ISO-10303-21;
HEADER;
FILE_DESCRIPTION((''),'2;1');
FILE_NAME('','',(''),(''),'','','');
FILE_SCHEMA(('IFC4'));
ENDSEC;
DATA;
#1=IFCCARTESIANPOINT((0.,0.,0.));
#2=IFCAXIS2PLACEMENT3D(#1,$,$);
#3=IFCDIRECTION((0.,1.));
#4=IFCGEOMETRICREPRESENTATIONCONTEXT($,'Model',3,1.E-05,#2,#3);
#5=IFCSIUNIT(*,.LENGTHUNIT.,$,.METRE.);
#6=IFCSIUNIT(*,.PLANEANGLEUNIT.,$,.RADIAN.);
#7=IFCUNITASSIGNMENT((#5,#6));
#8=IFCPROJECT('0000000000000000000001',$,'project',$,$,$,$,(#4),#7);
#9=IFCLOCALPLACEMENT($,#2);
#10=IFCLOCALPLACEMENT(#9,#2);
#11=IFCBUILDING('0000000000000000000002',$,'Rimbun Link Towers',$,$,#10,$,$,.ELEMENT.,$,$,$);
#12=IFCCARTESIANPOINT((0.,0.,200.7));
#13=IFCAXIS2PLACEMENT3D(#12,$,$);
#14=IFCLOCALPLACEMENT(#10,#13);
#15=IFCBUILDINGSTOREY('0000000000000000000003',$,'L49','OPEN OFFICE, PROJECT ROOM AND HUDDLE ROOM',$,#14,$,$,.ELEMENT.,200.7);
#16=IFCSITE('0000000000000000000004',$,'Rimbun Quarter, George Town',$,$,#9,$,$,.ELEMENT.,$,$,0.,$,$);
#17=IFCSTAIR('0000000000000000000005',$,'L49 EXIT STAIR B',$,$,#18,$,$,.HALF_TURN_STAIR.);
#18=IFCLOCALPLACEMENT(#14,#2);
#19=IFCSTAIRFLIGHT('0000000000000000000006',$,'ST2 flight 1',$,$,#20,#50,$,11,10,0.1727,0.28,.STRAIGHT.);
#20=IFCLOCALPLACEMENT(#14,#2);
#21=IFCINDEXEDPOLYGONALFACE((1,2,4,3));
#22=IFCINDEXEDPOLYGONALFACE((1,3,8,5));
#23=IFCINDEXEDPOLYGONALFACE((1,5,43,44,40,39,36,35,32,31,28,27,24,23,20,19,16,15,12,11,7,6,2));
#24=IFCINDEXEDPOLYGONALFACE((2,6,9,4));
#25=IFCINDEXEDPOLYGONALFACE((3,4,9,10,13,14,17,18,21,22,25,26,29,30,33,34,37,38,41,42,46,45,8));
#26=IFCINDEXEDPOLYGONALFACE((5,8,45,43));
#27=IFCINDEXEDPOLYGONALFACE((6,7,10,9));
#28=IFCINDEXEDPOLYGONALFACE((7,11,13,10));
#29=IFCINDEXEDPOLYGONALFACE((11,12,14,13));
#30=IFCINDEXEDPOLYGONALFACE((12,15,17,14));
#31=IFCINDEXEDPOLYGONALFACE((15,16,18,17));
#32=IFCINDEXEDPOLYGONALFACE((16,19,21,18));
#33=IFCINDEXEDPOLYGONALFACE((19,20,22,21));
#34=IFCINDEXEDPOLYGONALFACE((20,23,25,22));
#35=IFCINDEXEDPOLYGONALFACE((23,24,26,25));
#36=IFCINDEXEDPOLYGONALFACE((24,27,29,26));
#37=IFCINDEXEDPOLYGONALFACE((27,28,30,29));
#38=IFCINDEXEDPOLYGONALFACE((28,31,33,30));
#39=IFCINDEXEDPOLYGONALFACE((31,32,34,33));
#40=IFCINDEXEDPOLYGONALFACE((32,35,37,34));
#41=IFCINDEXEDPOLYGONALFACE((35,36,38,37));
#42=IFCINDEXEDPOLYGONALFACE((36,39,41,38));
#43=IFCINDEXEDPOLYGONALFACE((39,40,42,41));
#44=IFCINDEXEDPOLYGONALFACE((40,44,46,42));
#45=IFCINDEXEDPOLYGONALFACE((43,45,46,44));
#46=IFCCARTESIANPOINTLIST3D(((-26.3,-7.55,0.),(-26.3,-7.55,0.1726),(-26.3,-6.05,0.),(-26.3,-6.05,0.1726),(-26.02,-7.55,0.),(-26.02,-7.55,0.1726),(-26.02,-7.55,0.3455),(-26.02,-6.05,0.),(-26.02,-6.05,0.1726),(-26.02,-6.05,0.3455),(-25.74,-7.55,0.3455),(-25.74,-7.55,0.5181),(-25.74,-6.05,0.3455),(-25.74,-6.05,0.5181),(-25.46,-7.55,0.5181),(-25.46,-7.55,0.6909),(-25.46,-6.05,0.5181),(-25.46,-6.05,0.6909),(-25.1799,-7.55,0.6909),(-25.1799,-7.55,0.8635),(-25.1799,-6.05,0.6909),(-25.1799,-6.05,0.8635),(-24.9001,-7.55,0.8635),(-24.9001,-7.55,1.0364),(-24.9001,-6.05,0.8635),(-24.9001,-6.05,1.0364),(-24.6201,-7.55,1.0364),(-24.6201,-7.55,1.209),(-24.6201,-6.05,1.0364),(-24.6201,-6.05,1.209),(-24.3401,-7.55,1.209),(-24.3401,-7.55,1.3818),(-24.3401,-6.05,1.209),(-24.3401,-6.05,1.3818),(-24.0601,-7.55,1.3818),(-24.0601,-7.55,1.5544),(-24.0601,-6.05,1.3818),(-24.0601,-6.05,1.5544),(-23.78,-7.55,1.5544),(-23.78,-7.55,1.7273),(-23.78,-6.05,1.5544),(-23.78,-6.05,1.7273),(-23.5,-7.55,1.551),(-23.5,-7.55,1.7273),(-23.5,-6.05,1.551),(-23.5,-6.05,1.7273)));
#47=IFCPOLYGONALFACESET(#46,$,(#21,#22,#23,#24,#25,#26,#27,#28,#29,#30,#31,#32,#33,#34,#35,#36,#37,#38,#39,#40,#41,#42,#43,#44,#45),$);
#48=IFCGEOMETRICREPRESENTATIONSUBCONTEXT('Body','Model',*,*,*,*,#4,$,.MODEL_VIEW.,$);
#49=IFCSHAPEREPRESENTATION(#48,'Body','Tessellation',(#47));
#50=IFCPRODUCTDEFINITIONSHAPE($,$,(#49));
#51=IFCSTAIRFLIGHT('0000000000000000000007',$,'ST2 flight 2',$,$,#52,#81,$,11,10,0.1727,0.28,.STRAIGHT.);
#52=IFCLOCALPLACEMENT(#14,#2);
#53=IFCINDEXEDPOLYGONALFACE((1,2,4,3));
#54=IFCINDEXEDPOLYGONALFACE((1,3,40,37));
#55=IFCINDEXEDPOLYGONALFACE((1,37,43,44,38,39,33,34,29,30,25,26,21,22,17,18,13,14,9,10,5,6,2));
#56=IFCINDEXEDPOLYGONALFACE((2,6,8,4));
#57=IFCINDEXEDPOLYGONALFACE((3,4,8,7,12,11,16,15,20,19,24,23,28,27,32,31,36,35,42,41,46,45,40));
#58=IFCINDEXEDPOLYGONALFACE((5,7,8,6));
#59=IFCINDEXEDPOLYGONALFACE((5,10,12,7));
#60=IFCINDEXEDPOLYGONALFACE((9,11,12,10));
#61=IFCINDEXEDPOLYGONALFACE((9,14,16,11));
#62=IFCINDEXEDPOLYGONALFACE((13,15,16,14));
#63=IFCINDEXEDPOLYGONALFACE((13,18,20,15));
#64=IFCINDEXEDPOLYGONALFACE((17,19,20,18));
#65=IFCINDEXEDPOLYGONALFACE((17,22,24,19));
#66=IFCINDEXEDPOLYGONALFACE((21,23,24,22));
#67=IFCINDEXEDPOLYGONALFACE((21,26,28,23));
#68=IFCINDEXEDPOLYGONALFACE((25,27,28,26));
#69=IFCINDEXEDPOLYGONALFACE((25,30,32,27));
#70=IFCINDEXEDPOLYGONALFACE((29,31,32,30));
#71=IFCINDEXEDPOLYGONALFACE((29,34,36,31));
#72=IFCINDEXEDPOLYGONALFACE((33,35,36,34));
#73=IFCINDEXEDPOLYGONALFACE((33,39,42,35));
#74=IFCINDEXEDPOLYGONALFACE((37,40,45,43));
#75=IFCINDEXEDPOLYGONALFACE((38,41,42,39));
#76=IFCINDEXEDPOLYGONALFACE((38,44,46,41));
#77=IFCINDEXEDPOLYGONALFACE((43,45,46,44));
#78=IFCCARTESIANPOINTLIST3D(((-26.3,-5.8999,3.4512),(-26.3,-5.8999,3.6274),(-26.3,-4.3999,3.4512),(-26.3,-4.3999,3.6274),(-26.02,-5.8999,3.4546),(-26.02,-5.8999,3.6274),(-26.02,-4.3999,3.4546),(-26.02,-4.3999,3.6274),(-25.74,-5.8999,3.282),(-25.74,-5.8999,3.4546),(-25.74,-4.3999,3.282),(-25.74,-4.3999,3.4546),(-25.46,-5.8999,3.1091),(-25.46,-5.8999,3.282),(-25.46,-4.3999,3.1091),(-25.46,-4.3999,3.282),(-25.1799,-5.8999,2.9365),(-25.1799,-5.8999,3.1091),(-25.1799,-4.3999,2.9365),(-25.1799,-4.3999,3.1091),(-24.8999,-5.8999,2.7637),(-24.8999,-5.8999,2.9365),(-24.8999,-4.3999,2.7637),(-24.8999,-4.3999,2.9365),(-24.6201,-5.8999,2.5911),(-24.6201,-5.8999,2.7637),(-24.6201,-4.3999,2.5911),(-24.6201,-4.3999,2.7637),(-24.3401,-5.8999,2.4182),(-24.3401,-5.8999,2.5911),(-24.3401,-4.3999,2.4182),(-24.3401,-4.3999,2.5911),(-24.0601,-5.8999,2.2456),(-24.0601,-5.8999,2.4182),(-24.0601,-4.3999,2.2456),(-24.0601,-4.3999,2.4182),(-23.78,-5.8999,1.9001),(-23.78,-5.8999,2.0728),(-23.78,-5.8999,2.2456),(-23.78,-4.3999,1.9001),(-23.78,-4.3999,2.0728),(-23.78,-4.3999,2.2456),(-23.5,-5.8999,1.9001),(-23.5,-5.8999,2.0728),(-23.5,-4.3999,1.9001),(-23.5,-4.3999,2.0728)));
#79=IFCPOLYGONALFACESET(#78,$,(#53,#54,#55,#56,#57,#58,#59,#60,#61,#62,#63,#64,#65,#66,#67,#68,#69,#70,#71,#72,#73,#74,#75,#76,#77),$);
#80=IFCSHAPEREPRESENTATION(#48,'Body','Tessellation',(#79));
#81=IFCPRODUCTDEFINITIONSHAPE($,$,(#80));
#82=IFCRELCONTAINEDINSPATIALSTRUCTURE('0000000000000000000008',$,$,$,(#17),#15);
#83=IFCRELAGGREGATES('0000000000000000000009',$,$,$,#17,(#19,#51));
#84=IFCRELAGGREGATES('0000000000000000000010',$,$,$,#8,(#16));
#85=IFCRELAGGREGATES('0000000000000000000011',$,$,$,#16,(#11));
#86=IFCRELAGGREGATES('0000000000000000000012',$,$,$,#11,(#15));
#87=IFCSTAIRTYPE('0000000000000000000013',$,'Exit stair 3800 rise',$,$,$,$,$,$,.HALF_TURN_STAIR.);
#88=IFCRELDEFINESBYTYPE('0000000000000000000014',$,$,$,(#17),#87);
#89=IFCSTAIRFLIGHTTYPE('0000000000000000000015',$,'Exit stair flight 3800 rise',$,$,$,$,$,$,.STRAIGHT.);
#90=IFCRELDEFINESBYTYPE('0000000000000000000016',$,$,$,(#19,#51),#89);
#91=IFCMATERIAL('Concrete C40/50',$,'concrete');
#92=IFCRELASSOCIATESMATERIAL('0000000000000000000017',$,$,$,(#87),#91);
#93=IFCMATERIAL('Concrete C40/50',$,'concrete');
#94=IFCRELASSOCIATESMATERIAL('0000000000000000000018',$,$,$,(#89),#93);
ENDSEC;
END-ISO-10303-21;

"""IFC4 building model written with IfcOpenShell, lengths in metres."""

from ifc_helpers import new_model, si_unit, direction, frame, origin, place, context, subcontext, project, spatial, polyline, outline, extrude, material, type_object, element, aggregate, save


model = new_model("IFC4")

# Units and contexts
model_context = context("Model", 3, precision=1e-05, world=origin(), true_north=direction((0.0, 1.0)))
body_context = subcontext(model_context, "Body", "Model", "MODEL_VIEW")
ifc_project = project(units=[si_unit("LENGTHUNIT", "METRE"), si_unit("PLANEANGLEUNIT", "RADIAN")], contexts=[model_context])

# Site, building, storey
site_placement = place(None, origin())
site = spatial("IfcSite", under=ifc_project, at=site_placement, Name="Rimbun Quarter, George Town", CompositionType="ELEMENT", RefElevation=0.0)
building_placement = place(site_placement, origin())
building = spatial("IfcBuilding", under=site, at=building_placement, Name="Rimbun Link Towers", CompositionType="ELEMENT")
storey_placement = place(building_placement, frame((0.0, 0.0, 200.7)))
storey = spatial("IfcBuildingStorey", under=building, at=storey_placement, Name="L49", Description="OPEN OFFICE, PROJECT ROOM AND HUDDLE ROOM", CompositionType="ELEMENT", Elevation=200.7)

# Stair, stair flights
ifc_material_1 = material(Name="Concrete C40/50", Category="concrete")
stair_type = type_object("IfcStairType", Name="Exit stair 3800 rise", PredefinedType="HALF_TURN_STAIR", material=ifc_material_1)
stair_placement = place(storey_placement, origin())
stair = element("IfcStair", 1, at=stair_placement, inside=storey, type_object=stair_type, Name="L49 EXIT STAIR B", PredefinedType="HALF_TURN_STAIR")
ifc_material_2 = material(Name="Concrete C40/50", Category="concrete")
stair_flight_type = type_object("IfcStairFlightType", Name="Exit stair flight 3800 rise", PredefinedType="STRAIGHT", material=ifc_material_2)
stair_flight_1_placement = place(storey_placement, frame((-26.3, -6.8, 0.0), z_axis=(0.0, 0.0, 1.0), x_axis=(1.0, 0.0, 0.0)))
stair_flight_1 = element("IfcStairFlight", 2, at=stair_flight_1_placement, type_object=stair_flight_type, Name="ST2 flight 1", NumberOfRisers=11, NumberOfTreads=10, PredefinedType="STRAIGHT", RiserHeight=0.1727, TreadLength=0.28, context=body_context, shape_type="SweptSolid", body=[
    extrude(outline(polyline([(0.0, 0.0), (0.0, 0.1726), (0.28, 0.1726), (0.28, 0.3455), (0.5601, 0.3455), (0.5601, 0.5181), (0.8401, 0.5181), (0.8401, 0.6909), (1.1201, 0.6909), (1.1201, 0.8635), (1.3999, 0.8635), (1.3999, 1.0364), (1.6799, 1.0364), (1.6799, 1.209), (1.96, 1.209), (1.96, 1.3818), (2.24, 1.3818), (2.24, 1.5544), (2.52, 1.5544), (2.52, 1.7273), (2.8, 1.7273), (2.8, 1.8999), (2.8, 1.551), (0.28, 0.0), (0.0, 0.0)])), frame((0.0, 0.75, 0.0), z_axis=(0.0, -1.0, 0.0), x_axis=(1.0, 0.0, 0.0)), (0.0, 0.0, 1.0), 1.5),
])
stair_flight_2_placement = place(storey_placement, frame((-23.5, -5.1499, 1.9001), z_axis=(0.0, 0.0, 1.0), x_axis=(-1.0, 0.0, 0.0)))
stair_flight_2 = element("IfcStairFlight", 3, at=stair_flight_2_placement, type_object=stair_flight_type, Name="ST2 flight 2", NumberOfRisers=11, NumberOfTreads=10, PredefinedType="STRAIGHT", RiserHeight=0.1727, TreadLength=0.28, context=body_context, shape_type="SweptSolid", body=[
    extrude(outline(polyline([(0.0, 0.0), (0.0, 0.1726), (0.28, 0.1726), (0.28, 0.3455), (0.5601, 0.3455), (0.5601, 0.5181), (0.8401, 0.5181), (0.8401, 0.6909), (1.1201, 0.6909), (1.1201, 0.8635), (1.3999, 0.8635), (1.3999, 1.0364), (1.6799, 1.0364), (1.6799, 1.209), (1.96, 1.209), (1.96, 1.3818), (2.24, 1.3818), (2.24, 1.5544), (2.52, 1.5544), (2.52, 1.7273), (2.8, 1.7273), (2.8, 1.8999), (2.8, 1.551), (0.28, 0.0), (0.0, 0.0)])), frame((0.0, 0.75, 0.0), z_axis=(0.0, -1.0, 0.0), x_axis=(1.0, 0.0, 0.0)), (0.0, 0.0, 1.0), 1.5),
])
aggregate(stair, [stair_flight_1, stair_flight_2])

save(model, "model.ifc")
